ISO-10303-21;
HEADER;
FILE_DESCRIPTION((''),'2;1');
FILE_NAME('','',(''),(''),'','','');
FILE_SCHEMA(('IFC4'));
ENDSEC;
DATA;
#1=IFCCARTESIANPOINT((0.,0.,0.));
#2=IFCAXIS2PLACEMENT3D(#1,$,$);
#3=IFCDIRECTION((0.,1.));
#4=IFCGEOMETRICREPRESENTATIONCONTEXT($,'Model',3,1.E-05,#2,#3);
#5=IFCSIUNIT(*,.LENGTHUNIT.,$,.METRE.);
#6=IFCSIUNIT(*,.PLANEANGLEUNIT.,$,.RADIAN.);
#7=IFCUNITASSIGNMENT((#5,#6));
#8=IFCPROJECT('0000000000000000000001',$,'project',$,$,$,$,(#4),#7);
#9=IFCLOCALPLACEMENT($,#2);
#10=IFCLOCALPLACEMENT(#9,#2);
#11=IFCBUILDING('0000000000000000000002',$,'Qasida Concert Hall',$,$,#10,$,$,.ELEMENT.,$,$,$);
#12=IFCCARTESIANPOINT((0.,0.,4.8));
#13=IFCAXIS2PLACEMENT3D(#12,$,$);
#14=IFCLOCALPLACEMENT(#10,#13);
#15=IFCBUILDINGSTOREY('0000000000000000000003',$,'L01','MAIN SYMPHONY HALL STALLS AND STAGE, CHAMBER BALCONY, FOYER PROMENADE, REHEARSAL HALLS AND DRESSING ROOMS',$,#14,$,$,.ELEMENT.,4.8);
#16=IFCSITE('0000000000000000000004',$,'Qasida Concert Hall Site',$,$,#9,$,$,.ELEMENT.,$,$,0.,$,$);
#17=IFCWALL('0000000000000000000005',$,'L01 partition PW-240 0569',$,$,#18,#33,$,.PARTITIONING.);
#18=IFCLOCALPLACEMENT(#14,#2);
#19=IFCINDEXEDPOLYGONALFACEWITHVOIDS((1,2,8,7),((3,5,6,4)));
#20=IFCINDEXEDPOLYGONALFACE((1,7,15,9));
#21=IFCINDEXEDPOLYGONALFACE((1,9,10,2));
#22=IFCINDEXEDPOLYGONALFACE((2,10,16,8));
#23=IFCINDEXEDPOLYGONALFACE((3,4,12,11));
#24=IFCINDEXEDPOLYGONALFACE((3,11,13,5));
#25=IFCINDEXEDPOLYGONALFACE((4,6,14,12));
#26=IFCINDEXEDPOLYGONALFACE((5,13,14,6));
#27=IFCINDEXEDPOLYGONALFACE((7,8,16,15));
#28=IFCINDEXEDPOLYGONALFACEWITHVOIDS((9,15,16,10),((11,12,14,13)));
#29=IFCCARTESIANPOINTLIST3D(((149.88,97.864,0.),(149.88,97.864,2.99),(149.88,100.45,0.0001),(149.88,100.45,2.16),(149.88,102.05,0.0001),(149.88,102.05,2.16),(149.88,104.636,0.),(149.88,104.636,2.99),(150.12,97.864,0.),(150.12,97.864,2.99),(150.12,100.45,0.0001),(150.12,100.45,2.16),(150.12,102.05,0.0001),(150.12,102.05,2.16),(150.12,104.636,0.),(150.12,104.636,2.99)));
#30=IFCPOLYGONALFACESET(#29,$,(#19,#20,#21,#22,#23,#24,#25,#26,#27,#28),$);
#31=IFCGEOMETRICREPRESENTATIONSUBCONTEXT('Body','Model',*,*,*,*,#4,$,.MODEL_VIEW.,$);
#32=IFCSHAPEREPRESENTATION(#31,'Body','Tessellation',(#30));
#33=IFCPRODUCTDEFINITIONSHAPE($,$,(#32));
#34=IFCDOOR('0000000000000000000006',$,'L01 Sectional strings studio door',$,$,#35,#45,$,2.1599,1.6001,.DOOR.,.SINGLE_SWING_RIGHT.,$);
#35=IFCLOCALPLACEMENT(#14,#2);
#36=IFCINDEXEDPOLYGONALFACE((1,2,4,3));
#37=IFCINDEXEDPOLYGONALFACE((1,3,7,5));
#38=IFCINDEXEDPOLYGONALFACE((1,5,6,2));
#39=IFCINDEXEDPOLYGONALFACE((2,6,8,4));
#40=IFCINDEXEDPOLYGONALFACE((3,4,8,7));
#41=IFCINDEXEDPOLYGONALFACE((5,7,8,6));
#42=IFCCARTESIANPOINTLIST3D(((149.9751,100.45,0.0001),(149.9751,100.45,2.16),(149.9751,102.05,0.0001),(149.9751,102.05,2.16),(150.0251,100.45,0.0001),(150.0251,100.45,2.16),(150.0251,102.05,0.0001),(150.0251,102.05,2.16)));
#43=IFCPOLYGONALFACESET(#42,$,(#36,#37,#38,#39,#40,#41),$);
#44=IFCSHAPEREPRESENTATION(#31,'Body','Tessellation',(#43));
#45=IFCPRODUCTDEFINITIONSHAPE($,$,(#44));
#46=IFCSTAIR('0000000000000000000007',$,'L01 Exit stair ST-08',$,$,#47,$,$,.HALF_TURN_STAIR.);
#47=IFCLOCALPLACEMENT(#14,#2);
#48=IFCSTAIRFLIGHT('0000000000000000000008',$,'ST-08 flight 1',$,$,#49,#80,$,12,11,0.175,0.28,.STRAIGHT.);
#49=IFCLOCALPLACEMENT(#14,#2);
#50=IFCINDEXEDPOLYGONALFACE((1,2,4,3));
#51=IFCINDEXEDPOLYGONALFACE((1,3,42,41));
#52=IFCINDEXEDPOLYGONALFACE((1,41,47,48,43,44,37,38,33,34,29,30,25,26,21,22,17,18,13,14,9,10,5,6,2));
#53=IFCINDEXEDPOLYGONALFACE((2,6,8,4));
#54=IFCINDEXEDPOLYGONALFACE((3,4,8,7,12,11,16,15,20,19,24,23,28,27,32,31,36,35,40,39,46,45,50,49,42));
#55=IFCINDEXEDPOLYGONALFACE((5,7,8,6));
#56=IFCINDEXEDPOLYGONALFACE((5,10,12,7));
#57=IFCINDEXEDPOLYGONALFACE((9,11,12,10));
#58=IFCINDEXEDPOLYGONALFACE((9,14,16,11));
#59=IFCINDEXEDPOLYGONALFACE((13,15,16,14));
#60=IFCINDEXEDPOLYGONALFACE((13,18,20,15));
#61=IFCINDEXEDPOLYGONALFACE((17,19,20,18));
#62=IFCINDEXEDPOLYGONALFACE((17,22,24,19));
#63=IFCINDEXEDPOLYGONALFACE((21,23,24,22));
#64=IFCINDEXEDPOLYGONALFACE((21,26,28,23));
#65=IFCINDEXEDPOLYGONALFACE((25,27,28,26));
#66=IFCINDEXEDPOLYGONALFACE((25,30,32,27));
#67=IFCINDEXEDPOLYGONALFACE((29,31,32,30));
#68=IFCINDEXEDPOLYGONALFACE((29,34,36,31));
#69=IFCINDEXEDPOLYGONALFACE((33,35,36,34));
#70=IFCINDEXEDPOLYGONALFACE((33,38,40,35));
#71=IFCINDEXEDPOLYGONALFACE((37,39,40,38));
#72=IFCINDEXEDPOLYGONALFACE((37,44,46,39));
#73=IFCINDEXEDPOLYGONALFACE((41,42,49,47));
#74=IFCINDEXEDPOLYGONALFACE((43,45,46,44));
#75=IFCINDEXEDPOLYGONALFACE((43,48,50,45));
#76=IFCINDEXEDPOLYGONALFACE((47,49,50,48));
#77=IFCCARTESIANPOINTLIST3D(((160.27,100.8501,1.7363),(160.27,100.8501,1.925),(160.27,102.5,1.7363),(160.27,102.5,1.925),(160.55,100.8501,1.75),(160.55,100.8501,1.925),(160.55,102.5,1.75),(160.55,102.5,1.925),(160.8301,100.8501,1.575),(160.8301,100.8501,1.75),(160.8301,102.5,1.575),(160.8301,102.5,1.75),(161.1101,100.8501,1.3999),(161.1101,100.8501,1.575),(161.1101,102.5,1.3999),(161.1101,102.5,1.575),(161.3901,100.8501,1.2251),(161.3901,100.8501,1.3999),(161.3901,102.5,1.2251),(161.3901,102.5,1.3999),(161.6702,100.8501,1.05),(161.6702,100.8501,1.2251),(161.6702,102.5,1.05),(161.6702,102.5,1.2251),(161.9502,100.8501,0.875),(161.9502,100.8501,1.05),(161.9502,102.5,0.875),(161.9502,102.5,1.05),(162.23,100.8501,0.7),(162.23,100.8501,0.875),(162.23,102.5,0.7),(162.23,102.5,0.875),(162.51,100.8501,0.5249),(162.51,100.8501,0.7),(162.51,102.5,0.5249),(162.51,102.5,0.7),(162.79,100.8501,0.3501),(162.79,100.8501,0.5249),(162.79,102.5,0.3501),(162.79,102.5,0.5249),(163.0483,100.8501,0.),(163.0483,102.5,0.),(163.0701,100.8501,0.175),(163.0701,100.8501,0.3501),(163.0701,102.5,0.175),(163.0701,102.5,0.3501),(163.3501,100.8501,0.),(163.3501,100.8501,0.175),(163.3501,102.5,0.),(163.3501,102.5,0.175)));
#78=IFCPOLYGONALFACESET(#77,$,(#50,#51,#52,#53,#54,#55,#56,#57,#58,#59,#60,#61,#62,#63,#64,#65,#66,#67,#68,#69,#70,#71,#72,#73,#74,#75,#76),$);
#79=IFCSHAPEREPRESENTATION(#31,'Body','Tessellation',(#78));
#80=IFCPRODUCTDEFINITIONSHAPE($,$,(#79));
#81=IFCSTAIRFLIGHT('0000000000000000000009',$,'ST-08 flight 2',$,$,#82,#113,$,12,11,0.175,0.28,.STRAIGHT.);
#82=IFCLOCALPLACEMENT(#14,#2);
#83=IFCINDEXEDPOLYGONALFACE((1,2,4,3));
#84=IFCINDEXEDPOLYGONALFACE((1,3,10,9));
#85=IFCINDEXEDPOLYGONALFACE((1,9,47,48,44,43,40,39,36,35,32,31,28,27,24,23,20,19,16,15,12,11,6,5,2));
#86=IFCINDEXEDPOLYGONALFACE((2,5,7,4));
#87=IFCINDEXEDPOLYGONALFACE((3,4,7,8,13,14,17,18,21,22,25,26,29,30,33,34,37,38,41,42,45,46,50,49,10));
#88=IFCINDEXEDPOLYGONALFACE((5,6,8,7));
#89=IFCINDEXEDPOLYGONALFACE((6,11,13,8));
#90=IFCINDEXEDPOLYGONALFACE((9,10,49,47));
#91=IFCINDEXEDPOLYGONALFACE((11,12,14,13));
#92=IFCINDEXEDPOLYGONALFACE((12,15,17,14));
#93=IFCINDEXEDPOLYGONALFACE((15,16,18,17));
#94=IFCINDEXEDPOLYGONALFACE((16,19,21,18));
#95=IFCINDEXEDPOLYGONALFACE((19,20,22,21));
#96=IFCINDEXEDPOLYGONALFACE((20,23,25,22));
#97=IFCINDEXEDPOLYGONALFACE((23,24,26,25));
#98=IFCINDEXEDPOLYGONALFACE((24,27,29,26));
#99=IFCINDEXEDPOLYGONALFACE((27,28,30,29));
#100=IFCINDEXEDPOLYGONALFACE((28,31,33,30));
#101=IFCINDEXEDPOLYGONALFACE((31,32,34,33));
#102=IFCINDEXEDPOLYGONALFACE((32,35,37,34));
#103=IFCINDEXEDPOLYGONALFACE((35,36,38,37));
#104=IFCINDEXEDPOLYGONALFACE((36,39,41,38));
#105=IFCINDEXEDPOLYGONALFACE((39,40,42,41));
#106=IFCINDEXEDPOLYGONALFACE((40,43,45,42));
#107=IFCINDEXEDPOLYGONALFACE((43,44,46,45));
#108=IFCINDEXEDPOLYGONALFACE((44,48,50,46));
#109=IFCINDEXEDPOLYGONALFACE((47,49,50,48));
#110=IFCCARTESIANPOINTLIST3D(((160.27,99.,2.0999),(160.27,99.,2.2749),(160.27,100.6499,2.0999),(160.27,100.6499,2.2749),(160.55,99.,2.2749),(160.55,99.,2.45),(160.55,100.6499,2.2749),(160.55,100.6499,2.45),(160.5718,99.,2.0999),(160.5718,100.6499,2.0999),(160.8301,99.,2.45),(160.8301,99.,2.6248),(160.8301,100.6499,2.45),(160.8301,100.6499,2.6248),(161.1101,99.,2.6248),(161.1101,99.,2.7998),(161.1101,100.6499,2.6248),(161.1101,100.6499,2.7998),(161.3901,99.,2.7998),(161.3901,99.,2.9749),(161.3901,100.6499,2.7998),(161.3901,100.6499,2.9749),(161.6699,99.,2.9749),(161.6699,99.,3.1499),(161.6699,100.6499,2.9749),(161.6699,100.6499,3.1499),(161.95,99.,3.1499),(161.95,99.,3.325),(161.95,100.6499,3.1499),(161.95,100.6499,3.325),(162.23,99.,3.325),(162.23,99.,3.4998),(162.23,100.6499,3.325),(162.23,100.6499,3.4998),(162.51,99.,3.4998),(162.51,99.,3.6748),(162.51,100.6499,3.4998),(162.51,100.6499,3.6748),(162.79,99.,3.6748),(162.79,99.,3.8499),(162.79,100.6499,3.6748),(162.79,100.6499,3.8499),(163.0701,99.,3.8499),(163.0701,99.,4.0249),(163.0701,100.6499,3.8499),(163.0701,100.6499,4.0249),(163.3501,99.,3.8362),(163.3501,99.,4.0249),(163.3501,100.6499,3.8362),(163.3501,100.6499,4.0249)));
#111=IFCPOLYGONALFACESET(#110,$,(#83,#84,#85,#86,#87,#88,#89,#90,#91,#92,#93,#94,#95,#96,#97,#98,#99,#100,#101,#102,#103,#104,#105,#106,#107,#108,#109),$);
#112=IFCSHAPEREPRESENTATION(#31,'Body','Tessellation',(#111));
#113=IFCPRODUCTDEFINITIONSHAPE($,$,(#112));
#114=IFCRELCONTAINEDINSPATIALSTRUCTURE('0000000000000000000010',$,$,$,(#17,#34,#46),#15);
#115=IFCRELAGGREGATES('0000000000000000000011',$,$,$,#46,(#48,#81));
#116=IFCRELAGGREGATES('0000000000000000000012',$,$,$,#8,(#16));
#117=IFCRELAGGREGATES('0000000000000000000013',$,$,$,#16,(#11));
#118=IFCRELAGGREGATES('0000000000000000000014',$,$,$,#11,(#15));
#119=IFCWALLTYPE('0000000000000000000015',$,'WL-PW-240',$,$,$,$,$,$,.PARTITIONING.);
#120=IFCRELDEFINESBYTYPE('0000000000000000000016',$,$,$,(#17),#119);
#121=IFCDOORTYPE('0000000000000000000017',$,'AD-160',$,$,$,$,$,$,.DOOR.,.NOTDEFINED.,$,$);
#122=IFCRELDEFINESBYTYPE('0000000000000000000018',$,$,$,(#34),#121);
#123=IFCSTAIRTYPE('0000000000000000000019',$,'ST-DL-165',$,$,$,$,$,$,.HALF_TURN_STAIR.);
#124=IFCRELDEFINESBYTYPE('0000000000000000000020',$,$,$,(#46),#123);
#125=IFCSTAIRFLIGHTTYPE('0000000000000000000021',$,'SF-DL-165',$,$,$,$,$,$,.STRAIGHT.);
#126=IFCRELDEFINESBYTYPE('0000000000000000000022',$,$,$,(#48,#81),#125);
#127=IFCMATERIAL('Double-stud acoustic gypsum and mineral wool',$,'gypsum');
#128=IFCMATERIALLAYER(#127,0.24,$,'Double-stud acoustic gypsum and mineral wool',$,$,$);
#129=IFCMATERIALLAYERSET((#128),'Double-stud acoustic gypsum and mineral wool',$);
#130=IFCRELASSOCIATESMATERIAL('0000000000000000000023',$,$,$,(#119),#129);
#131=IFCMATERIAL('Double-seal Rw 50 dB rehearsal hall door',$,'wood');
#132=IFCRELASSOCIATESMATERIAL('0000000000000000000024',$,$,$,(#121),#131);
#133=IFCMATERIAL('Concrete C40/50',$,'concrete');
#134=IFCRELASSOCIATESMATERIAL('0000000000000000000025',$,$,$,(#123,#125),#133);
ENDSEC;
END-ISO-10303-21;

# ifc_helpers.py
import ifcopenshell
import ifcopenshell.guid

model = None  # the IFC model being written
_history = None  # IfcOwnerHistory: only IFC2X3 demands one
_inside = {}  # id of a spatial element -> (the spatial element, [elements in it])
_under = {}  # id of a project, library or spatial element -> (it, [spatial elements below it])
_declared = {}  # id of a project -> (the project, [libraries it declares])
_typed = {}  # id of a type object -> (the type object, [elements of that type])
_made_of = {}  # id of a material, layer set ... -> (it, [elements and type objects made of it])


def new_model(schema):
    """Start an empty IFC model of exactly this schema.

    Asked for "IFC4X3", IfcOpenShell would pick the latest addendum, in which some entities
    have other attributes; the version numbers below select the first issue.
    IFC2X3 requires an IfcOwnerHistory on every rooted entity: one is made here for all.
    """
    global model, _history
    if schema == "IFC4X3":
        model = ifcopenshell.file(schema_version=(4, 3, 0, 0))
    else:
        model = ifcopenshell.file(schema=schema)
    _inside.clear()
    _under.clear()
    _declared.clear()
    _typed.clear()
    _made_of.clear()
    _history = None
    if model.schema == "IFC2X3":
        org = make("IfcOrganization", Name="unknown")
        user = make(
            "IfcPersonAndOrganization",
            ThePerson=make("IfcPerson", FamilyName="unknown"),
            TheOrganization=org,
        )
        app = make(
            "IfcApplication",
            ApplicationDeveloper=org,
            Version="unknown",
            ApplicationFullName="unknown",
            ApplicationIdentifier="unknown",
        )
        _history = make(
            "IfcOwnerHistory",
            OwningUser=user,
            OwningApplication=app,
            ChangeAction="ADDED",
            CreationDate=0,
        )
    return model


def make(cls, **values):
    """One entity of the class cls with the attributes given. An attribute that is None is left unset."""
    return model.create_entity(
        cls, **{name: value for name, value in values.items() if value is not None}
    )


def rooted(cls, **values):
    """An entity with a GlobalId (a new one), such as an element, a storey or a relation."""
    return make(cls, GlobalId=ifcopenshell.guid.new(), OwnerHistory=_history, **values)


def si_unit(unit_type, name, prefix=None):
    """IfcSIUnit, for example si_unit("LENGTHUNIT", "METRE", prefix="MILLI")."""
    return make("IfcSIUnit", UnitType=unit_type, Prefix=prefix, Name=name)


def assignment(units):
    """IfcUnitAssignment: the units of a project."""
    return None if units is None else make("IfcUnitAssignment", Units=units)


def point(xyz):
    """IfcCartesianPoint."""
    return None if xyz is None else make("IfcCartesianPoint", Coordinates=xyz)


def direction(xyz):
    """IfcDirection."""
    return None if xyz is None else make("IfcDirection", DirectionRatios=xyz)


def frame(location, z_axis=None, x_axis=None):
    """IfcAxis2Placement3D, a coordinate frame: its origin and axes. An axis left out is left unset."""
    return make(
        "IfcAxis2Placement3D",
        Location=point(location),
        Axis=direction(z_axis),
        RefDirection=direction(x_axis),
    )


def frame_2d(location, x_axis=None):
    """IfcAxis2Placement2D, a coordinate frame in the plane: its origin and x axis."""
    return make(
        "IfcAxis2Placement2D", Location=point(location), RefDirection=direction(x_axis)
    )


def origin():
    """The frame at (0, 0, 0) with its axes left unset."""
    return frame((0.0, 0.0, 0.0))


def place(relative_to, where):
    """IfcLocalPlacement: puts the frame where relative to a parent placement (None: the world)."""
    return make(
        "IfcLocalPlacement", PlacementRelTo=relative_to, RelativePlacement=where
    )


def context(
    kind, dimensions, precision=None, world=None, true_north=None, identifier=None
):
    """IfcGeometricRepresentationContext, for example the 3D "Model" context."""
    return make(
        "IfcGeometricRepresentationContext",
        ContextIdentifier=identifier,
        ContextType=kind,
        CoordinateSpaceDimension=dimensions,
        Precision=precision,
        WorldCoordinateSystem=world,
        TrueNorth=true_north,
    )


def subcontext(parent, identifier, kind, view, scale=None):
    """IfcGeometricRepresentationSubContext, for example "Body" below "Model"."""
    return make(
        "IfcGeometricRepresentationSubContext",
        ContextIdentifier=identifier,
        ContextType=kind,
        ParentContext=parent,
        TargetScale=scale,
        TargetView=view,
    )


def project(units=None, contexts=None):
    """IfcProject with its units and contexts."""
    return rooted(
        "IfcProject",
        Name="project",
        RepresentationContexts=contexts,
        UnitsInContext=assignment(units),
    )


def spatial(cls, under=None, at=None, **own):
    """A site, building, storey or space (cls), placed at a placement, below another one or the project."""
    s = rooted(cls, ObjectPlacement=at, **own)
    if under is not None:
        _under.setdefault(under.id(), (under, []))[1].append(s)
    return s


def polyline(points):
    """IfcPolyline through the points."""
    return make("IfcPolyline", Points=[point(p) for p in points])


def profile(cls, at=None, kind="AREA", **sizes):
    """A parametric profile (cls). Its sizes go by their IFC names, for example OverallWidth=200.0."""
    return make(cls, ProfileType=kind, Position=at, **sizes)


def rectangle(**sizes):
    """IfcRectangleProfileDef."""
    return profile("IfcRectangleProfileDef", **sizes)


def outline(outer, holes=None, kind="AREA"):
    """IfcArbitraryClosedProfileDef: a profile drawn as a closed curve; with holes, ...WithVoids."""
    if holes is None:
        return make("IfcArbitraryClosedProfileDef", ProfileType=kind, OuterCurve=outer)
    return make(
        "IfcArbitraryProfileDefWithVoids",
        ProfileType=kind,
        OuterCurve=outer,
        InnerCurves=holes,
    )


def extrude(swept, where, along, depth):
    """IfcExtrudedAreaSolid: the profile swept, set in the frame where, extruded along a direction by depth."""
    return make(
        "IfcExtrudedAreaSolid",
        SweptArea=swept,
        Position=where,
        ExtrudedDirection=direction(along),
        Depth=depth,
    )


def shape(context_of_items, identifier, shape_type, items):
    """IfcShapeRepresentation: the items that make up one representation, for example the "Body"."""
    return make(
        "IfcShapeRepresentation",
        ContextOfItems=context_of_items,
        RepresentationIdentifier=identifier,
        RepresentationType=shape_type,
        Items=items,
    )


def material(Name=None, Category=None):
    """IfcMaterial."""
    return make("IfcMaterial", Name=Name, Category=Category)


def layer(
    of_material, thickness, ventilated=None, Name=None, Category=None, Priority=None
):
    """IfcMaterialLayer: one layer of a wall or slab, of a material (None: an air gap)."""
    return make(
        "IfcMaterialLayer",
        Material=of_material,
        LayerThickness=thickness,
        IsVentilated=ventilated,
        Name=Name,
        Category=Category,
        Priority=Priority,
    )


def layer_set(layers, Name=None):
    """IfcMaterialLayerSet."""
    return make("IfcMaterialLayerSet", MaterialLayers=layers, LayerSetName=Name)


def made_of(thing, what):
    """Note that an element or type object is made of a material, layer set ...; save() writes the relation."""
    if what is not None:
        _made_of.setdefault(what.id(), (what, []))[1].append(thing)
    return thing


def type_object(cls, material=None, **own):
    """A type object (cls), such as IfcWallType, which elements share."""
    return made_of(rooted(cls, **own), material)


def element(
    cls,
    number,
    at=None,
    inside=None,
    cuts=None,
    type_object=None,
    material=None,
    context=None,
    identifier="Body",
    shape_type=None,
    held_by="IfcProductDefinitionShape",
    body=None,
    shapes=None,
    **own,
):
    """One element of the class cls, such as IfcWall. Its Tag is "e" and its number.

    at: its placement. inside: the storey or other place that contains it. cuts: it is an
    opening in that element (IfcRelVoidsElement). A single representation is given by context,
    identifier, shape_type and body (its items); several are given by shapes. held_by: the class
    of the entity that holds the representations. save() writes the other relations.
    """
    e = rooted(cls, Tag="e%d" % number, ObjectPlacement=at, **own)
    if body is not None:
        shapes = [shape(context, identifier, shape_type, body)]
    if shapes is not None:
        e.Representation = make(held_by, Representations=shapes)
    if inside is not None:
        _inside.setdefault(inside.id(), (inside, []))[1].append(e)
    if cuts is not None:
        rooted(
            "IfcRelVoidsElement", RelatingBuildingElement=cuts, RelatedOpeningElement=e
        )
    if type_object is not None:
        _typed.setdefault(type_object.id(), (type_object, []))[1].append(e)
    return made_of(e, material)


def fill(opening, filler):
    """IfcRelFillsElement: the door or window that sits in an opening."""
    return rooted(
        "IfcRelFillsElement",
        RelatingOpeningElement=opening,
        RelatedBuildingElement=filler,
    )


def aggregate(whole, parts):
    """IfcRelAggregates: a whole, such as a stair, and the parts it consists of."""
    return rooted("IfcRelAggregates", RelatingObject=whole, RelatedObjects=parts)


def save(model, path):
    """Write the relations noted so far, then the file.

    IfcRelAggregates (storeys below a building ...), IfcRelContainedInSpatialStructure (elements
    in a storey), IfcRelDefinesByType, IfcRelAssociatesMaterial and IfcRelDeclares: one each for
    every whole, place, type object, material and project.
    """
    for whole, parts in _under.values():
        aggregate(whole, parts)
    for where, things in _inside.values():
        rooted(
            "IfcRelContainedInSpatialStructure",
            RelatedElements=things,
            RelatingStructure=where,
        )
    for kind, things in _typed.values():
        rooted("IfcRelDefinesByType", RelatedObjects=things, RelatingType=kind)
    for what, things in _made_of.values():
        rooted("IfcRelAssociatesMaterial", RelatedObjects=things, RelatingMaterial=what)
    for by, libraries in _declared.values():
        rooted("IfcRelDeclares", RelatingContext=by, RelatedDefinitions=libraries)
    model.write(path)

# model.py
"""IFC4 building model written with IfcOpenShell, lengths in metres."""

from ifc_helpers import new_model, si_unit, direction, frame, frame_2d, origin, place, context, subcontext, project, spatial, polyline, rectangle, outline, extrude, material, layer, layer_set, type_object, element, fill, aggregate, save


model = new_model("IFC4")

# Units and contexts
model_context = context("Model", 3, precision=1e-05, world=origin(), true_north=direction((0.0, 1.0)))
body_context = subcontext(model_context, "Body", "Model", "MODEL_VIEW")
ifc_project = project(units=[si_unit("LENGTHUNIT", "METRE"), si_unit("PLANEANGLEUNIT", "RADIAN")], contexts=[model_context])

# Site, building, storey
site_placement = place(None, origin())
site = spatial("IfcSite", under=ifc_project, at=site_placement, Name="Qasida Concert Hall Site", CompositionType="ELEMENT", RefElevation=0.0)
building_placement = place(site_placement, origin())
building = spatial("IfcBuilding", under=site, at=building_placement, Name="Qasida Concert Hall", CompositionType="ELEMENT")
storey_placement = place(building_placement, frame((0.0, 0.0, 4.8)))
storey = spatial("IfcBuildingStorey", under=building, at=storey_placement, Name="L01", Description="MAIN SYMPHONY HALL STALLS AND STAGE, CHAMBER BALCONY, FOYER PROMENADE, REHEARSAL HALLS AND DRESSING ROOMS", CompositionType="ELEMENT", Elevation=4.8)

# Shared definitions
ifc_material_1 = material(Name="Concrete C40/50", Category="concrete")

# Wall, opening, door
ifc_material_2 = material(Name="Double-stud acoustic gypsum and mineral wool", Category="gypsum")
ifc_layer_1 = layer(ifc_material_2, 0.24, Name="Double-stud acoustic gypsum and mineral wool")
ifc_layer_set_1 = layer_set([ifc_layer_1], Name="Double-stud acoustic gypsum and mineral wool")
wall_type_1 = type_object("IfcWallType", Name="WL-PW-240", PredefinedType="PARTITIONING", material=ifc_layer_set_1)
wall_1_placement = place(storey_placement, frame((150.0, 97.864, 0.0), z_axis=(0.0, 0.0, 1.0), x_axis=(0.0, 1.0, 0.0)))
wall_1 = element("IfcWall", 1, at=wall_1_placement, inside=storey, type_object=wall_type_1, Name="L01 partition PW-240 0569", PredefinedType="PARTITIONING", context=body_context, shape_type="SweptSolid", body=[
    extrude(rectangle(XDim=6.772, YDim=0.24, at=frame_2d((3.386, 0.0))), origin(), (0.0, 0.0, 1.0), 2.99),
])
opening_1_placement = place(wall_1_placement, frame((2.5859, 0.0, 0.0)))
opening_1 = element("IfcOpeningElement", 2, at=opening_1_placement, cuts=wall_1, PredefinedType="OPENING", context=body_context, shape_type="SweptSolid", body=[
    extrude(rectangle(XDim=1.6001, YDim=2.1599, at=frame_2d((0.8, 1.0801))), frame((0.0, 0.1299, 0.0), z_axis=(0.0, -1.0, 0.0), x_axis=(1.0, 0.0, 0.0)), (0.0, 0.0, 1.0), 0.26),
])
ifc_material_3 = material(Name="Double-seal Rw 50 dB rehearsal hall door", Category="wood")
door_type_1 = type_object("IfcDoorType", Name="AD-160", OperationType="NOTDEFINED", PredefinedType="DOOR", material=ifc_material_3)
door_1_placement = place(opening_1_placement, origin())
door_1 = element("IfcDoor", 3, at=door_1_placement, inside=storey, type_object=door_type_1, Name="L01 Sectional strings studio door", OperationType="SINGLE_SWING_RIGHT", OverallHeight=2.1599, OverallWidth=1.6001, PredefinedType="DOOR", context=body_context, shape_type="SweptSolid", body=[
    extrude(rectangle(XDim=1.6001, YDim=2.1599, at=frame_2d((0.8, 1.0801))), frame((0.0, 0.0249, 0.0), z_axis=(0.0, -1.0, 0.0), x_axis=(1.0, 0.0, 0.0)), (0.0, 0.0, 1.0), 0.05),
])
fill(opening_1, door_1)

# Stair, stair flights
stair_type = type_object("IfcStairType", Name="ST-DL-165", PredefinedType="HALF_TURN_STAIR", material=ifc_material_1)
stair_placement = place(storey_placement, origin())
stair = element("IfcStair", 4, at=stair_placement, inside=storey, type_object=stair_type, Name="L01 Exit stair ST-08", PredefinedType="HALF_TURN_STAIR")
stair_flight_type = type_object("IfcStairFlightType", Name="SF-DL-165", PredefinedType="STRAIGHT", material=ifc_material_1)
stair_flight_1_placement = place(storey_placement, frame((163.3501, 101.675, 0.0), z_axis=(0.0, 0.0, 1.0), x_axis=(-1.0, 0.0, 0.0)))
stair_flight_1 = element("IfcStairFlight", 5, at=stair_flight_1_placement, type_object=stair_flight_type, Name="ST-08 flight 1", NumberOfRisers=12, NumberOfTreads=11, PredefinedType="STRAIGHT", RiserHeight=0.175, TreadLength=0.28, context=body_context, shape_type="SweptSolid", body=[
    extrude(outline(polyline([(0.0, 0.0), (0.0, 0.175), (0.28, 0.175), (0.28, 0.3501), (0.5601, 0.3501), (0.5601, 0.5249), (0.8401, 0.5249), (0.8401, 0.7), (1.1201, 0.7), (1.1201, 0.875), (1.3999, 0.875), (1.3999, 1.05), (1.6799, 1.05), (1.6799, 1.2251), (1.96, 1.2251), (1.96, 1.3999), (2.24, 1.3999), (2.24, 1.575), (2.52, 1.575), (2.52, 1.75), (2.8, 1.75), (2.8, 1.925), (3.0801, 1.925), (3.0801, 2.1001), (3.0801, 1.7363), (0.3018, 0.0), (0.0, 0.0)])), frame((0.0, 0.825, 0.0), z_axis=(0.0, -1.0, 0.0), x_axis=(1.0, 0.0, 0.0)), (0.0, 0.0, 1.0), 1.6499),
])
stair_flight_2_placement = place(storey_placement, frame((160.27, 99.825, 2.0999), z_axis=(0.0, 0.0, 1.0), x_axis=(1.0, 0.0, 0.0)))
stair_flight_2 = element("IfcStairFlight", 6, at=stair_flight_2_placement, type_object=stair_flight_type, Name="ST-08 flight 2", NumberOfRisers=12, NumberOfTreads=11, PredefinedType="STRAIGHT", RiserHeight=0.175, TreadLength=0.28, context=body_context, shape_type="SweptSolid", body=[
    extrude(outline(polyline([(0.0, 0.0), (0.0, 0.175), (0.28, 0.175), (0.28, 0.3501), (0.5601, 0.3501), (0.5601, 0.5249), (0.8401, 0.5249), (0.8401, 0.7), (1.1201, 0.7), (1.1201, 0.875), (1.3999, 0.875), (1.3999, 1.05), (1.6799, 1.05), (1.6799, 1.2251), (1.96, 1.2251), (1.96, 1.3999), (2.24, 1.3999), (2.24, 1.575), (2.52, 1.575), (2.52, 1.75), (2.8, 1.75), (2.8, 1.925), (3.0801, 1.925), (3.0801, 2.1001), (3.0801, 1.7363), (0.3018, 0.0), (0.0, 0.0)])), frame((0.0, 0.825, 0.0), z_axis=(0.0, -1.0, 0.0), x_axis=(1.0, 0.0, 0.0)), (0.0, 0.0, 1.0), 1.6499),
])
aggregate(stair, [stair_flight_1, stair_flight_2])

save(model, "model.ifc")
